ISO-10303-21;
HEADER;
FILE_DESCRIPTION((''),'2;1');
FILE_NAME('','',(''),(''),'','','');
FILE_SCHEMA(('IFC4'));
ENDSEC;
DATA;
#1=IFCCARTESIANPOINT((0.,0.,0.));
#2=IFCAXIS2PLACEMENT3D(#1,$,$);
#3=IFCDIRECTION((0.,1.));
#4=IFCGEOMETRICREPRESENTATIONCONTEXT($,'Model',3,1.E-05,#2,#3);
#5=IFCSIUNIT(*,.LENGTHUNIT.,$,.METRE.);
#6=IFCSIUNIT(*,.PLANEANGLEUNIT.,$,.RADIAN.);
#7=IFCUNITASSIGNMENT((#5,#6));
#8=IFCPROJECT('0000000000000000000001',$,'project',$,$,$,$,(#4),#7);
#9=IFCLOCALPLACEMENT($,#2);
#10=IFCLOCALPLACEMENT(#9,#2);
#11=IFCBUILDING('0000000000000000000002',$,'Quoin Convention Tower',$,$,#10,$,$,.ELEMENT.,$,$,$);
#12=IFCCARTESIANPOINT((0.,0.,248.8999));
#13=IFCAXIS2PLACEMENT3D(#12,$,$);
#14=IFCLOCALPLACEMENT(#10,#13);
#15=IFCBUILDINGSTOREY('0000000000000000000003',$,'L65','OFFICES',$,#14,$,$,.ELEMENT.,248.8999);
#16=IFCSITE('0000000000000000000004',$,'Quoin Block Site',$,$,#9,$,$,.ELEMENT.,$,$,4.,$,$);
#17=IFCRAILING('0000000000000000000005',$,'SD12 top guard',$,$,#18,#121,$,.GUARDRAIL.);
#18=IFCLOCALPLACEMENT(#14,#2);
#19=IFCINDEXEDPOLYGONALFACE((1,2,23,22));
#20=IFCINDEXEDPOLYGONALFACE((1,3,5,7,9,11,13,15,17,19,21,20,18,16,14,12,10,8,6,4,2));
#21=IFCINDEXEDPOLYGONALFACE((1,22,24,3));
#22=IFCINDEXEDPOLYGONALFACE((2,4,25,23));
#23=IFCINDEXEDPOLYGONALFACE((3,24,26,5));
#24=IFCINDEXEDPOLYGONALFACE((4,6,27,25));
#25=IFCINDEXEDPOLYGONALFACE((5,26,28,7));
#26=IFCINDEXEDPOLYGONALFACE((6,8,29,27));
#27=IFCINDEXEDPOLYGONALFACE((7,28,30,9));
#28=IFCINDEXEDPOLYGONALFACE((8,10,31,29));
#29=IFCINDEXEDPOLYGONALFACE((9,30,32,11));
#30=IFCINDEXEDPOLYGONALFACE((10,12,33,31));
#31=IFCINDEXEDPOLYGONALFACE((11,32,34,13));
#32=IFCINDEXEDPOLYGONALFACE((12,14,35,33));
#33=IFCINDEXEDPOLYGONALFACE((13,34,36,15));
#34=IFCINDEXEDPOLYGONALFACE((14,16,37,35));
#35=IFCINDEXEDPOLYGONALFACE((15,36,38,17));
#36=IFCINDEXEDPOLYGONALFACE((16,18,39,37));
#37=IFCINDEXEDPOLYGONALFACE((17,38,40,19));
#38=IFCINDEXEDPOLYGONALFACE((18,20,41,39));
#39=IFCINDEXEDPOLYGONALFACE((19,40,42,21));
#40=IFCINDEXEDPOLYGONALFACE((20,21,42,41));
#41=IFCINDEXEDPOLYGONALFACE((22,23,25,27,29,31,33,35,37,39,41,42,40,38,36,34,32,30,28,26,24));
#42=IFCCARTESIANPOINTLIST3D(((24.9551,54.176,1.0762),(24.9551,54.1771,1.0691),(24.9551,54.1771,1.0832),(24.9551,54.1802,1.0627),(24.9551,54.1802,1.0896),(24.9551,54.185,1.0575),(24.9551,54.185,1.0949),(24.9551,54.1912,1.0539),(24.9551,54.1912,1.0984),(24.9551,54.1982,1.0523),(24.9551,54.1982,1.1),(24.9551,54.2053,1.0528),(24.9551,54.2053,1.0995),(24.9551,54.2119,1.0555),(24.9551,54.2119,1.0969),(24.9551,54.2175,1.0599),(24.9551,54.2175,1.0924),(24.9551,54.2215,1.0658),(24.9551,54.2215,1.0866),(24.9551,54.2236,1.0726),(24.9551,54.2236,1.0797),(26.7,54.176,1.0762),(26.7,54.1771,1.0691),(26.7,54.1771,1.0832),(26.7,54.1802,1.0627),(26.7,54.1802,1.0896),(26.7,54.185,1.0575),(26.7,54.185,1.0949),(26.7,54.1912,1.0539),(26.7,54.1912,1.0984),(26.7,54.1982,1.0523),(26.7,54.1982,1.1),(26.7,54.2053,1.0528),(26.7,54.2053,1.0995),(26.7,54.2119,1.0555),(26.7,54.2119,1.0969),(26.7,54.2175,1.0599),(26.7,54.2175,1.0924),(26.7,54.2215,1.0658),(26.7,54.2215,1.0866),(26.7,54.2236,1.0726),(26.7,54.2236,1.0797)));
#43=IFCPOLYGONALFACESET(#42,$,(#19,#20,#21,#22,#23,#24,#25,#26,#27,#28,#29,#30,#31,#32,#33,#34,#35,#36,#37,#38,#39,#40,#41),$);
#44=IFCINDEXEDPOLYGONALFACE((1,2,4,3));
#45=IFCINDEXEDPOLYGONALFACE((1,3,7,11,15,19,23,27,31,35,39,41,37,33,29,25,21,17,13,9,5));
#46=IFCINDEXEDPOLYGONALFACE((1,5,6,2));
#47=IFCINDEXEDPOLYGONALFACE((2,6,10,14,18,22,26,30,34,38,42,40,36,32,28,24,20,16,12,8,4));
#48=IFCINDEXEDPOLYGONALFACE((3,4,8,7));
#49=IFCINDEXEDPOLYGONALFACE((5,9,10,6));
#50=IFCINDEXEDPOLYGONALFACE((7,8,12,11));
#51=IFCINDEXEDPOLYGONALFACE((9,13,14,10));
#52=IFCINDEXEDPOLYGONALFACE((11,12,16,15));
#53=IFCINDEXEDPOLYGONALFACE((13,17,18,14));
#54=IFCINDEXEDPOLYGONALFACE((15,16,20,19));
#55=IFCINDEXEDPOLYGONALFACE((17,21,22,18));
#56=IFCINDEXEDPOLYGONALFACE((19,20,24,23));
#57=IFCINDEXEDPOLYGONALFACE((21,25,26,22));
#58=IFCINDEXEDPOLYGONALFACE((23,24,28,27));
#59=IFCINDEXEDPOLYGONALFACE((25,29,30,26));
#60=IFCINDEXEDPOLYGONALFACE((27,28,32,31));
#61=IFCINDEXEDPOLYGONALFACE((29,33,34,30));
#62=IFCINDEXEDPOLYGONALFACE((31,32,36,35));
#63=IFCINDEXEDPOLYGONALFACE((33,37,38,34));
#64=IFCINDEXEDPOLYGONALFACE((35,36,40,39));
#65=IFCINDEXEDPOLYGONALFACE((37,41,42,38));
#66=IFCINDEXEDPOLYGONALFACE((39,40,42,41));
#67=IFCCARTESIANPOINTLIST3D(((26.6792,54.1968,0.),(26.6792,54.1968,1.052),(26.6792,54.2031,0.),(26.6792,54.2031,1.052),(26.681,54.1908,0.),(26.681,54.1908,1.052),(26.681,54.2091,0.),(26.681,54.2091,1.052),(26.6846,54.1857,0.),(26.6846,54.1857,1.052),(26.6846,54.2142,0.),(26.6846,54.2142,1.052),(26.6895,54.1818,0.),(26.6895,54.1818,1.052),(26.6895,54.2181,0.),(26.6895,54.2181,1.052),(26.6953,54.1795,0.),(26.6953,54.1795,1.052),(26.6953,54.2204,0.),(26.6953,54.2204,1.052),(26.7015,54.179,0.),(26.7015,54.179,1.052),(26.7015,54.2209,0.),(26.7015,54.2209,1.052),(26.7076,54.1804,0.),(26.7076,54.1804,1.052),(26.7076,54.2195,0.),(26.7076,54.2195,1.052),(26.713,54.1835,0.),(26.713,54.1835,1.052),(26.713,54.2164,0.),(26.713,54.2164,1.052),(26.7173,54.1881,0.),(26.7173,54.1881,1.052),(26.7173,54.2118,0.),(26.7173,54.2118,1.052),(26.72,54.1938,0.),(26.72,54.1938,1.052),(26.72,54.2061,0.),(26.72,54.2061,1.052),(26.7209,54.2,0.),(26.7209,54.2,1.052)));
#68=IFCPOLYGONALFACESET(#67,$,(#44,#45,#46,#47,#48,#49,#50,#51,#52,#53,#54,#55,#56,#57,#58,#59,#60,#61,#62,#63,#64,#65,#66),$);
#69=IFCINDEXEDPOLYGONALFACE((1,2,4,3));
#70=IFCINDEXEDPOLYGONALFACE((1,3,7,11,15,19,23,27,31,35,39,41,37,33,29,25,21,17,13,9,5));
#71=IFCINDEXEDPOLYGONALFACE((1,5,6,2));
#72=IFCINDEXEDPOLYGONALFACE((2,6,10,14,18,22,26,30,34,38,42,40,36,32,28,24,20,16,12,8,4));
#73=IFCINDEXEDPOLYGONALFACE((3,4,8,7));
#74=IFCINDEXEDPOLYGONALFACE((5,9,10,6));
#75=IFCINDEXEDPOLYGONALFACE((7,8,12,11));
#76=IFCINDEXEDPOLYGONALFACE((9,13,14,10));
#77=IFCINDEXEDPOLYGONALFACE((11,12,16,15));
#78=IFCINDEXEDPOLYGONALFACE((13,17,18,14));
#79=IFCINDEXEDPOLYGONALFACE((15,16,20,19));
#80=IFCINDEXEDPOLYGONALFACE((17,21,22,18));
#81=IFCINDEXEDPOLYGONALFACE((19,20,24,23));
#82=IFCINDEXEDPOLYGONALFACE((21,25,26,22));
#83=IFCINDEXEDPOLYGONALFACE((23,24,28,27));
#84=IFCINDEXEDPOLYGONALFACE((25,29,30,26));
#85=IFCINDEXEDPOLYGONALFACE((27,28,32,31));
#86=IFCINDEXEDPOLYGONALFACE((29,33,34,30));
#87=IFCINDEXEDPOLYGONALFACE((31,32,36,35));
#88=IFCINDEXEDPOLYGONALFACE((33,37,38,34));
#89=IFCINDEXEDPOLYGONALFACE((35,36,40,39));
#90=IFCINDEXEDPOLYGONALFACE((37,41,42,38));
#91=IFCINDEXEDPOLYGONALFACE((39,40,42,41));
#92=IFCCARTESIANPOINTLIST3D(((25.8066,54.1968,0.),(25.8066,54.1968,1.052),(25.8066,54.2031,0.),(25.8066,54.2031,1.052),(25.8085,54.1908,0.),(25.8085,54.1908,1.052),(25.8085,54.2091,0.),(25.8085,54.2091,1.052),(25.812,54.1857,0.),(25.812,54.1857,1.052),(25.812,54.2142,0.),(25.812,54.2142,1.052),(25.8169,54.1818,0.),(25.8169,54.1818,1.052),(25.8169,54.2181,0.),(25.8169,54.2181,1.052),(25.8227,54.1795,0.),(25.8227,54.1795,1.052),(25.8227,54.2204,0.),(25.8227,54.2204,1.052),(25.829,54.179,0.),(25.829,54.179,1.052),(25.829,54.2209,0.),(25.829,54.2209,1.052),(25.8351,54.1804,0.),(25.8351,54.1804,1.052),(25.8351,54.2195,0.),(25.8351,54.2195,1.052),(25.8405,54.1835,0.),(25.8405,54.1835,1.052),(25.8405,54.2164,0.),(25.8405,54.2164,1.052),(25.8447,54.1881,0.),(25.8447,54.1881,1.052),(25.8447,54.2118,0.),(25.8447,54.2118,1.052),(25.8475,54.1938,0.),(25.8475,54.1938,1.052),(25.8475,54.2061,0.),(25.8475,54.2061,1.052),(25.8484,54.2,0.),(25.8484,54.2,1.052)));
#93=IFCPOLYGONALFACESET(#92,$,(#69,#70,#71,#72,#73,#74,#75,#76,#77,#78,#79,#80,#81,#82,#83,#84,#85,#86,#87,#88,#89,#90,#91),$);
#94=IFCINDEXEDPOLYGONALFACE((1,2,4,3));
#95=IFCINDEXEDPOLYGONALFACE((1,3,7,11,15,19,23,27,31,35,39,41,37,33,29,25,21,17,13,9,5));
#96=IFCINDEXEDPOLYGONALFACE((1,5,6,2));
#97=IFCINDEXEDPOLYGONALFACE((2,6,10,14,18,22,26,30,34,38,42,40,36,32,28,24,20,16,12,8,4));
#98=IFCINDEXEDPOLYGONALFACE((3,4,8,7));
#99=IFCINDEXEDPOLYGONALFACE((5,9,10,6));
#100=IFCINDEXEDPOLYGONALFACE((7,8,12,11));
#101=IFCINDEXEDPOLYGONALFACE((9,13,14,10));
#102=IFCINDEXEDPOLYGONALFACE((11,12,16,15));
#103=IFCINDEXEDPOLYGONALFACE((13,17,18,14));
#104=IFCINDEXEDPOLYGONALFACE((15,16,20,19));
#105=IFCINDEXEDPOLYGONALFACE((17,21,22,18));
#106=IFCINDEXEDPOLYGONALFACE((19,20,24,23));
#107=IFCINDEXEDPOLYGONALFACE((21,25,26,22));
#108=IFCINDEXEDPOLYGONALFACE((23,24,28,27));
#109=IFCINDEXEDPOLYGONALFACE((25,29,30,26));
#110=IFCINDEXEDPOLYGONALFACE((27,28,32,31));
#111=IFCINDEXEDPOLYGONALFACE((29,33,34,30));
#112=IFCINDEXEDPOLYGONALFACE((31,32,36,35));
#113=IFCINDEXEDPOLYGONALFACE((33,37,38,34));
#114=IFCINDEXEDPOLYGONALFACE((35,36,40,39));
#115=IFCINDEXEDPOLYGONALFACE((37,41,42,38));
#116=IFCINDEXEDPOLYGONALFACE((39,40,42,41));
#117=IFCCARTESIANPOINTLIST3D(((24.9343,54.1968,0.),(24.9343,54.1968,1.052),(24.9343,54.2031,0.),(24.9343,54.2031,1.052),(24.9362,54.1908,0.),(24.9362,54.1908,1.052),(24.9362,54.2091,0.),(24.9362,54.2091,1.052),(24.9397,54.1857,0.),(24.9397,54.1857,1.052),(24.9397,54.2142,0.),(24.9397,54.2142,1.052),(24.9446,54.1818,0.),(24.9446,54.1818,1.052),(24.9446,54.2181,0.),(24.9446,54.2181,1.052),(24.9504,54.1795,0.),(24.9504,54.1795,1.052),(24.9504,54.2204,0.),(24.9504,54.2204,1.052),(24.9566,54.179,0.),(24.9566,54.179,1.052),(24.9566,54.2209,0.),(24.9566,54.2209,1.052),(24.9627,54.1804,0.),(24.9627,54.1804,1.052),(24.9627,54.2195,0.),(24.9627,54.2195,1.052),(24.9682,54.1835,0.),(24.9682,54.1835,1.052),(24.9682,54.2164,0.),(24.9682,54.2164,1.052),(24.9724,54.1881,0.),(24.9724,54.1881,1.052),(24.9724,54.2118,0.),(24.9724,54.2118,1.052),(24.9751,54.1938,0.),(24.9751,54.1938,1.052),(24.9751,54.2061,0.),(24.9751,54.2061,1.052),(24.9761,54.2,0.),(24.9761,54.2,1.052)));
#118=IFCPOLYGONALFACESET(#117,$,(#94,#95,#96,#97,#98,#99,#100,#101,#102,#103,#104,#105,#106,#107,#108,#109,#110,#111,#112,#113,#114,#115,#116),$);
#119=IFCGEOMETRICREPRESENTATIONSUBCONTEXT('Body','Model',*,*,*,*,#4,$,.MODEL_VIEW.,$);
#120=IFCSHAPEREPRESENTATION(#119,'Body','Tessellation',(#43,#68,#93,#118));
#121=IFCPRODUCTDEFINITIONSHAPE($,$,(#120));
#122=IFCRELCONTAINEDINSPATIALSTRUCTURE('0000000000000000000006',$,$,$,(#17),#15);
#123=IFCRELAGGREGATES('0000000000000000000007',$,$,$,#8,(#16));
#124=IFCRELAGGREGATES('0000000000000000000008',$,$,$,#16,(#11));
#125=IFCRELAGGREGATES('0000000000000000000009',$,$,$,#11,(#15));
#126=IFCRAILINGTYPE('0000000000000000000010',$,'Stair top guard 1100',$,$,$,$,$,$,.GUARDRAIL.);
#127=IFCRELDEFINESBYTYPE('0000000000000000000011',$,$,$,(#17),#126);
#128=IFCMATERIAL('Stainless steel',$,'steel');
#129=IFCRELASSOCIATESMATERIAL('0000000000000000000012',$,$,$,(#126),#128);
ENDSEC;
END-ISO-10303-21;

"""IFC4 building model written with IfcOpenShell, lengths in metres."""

from ifc_helpers import new_model, si_unit, direction, frame, origin, origin_2d, place, context, subcontext, project, spatial, circle, extrude, material, type_object, element, save


model = new_model("IFC4")

# Units and contexts
model_context = context("Model", 3, precision=1e-05, world=origin(), true_north=direction((0.0, 1.0)))
body_context = subcontext(model_context, "Body", "Model", "MODEL_VIEW")
ifc_project = project(units=[si_unit("LENGTHUNIT", "METRE"), si_unit("PLANEANGLEUNIT", "RADIAN")], contexts=[model_context])

# Site, building, storey
site_placement = place(None, origin())
site = spatial("IfcSite", under=ifc_project, at=site_placement, Name="Quoin Block Site", CompositionType="ELEMENT", RefElevation=4.0)
building_placement = place(site_placement, origin())
building = spatial("IfcBuilding", under=site, at=building_placement, Name="Quoin Convention Tower", CompositionType="ELEMENT")
storey_placement = place(building_placement, frame((0.0, 0.0, 248.8999)))
storey = spatial("IfcBuildingStorey", under=building, at=storey_placement, Name="L65", Description="OFFICES", CompositionType="ELEMENT", Elevation=248.8999)

# Railing
ifc_material_1 = material(Name="Stainless steel", Category="steel")
railing_type_1 = type_object("IfcRailingType", Name="Stair top guard 1100", PredefinedType="GUARDRAIL", material=ifc_material_1)
railing_1_placement = place(storey_placement, frame((26.7, 54.2, 0.0)))
element("IfcRailing", 1, at=railing_1_placement, inside=storey, type_object=railing_type_1, Name="SD12 top guard", PredefinedType="GUARDRAIL", context=body_context, shape_type="SweptSolid", body=[
    extrude(circle(Radius=0.0239, at=origin_2d()), frame((0.0, 0.0, 1.0762), z_axis=(-1.0, 0.0, 0.0), x_axis=(0.0, -1.0, 0.0)), (0.0, 0.0, 1.0), 1.7449),
    extrude(circle(Radius=0.021, at=origin_2d()), origin(), (0.0, 0.0, 1.0), 1.052),
    extrude(circle(Radius=0.021, at=origin_2d()), frame((-0.8726, 0.0, 0.0)), (0.0, 0.0, 1.0), 1.052),
    extrude(circle(Radius=0.021, at=origin_2d()), frame((-1.7449, 0.0, 0.0)), (0.0, 0.0, 1.0), 1.052),
])

save(model, "model.ifc")
